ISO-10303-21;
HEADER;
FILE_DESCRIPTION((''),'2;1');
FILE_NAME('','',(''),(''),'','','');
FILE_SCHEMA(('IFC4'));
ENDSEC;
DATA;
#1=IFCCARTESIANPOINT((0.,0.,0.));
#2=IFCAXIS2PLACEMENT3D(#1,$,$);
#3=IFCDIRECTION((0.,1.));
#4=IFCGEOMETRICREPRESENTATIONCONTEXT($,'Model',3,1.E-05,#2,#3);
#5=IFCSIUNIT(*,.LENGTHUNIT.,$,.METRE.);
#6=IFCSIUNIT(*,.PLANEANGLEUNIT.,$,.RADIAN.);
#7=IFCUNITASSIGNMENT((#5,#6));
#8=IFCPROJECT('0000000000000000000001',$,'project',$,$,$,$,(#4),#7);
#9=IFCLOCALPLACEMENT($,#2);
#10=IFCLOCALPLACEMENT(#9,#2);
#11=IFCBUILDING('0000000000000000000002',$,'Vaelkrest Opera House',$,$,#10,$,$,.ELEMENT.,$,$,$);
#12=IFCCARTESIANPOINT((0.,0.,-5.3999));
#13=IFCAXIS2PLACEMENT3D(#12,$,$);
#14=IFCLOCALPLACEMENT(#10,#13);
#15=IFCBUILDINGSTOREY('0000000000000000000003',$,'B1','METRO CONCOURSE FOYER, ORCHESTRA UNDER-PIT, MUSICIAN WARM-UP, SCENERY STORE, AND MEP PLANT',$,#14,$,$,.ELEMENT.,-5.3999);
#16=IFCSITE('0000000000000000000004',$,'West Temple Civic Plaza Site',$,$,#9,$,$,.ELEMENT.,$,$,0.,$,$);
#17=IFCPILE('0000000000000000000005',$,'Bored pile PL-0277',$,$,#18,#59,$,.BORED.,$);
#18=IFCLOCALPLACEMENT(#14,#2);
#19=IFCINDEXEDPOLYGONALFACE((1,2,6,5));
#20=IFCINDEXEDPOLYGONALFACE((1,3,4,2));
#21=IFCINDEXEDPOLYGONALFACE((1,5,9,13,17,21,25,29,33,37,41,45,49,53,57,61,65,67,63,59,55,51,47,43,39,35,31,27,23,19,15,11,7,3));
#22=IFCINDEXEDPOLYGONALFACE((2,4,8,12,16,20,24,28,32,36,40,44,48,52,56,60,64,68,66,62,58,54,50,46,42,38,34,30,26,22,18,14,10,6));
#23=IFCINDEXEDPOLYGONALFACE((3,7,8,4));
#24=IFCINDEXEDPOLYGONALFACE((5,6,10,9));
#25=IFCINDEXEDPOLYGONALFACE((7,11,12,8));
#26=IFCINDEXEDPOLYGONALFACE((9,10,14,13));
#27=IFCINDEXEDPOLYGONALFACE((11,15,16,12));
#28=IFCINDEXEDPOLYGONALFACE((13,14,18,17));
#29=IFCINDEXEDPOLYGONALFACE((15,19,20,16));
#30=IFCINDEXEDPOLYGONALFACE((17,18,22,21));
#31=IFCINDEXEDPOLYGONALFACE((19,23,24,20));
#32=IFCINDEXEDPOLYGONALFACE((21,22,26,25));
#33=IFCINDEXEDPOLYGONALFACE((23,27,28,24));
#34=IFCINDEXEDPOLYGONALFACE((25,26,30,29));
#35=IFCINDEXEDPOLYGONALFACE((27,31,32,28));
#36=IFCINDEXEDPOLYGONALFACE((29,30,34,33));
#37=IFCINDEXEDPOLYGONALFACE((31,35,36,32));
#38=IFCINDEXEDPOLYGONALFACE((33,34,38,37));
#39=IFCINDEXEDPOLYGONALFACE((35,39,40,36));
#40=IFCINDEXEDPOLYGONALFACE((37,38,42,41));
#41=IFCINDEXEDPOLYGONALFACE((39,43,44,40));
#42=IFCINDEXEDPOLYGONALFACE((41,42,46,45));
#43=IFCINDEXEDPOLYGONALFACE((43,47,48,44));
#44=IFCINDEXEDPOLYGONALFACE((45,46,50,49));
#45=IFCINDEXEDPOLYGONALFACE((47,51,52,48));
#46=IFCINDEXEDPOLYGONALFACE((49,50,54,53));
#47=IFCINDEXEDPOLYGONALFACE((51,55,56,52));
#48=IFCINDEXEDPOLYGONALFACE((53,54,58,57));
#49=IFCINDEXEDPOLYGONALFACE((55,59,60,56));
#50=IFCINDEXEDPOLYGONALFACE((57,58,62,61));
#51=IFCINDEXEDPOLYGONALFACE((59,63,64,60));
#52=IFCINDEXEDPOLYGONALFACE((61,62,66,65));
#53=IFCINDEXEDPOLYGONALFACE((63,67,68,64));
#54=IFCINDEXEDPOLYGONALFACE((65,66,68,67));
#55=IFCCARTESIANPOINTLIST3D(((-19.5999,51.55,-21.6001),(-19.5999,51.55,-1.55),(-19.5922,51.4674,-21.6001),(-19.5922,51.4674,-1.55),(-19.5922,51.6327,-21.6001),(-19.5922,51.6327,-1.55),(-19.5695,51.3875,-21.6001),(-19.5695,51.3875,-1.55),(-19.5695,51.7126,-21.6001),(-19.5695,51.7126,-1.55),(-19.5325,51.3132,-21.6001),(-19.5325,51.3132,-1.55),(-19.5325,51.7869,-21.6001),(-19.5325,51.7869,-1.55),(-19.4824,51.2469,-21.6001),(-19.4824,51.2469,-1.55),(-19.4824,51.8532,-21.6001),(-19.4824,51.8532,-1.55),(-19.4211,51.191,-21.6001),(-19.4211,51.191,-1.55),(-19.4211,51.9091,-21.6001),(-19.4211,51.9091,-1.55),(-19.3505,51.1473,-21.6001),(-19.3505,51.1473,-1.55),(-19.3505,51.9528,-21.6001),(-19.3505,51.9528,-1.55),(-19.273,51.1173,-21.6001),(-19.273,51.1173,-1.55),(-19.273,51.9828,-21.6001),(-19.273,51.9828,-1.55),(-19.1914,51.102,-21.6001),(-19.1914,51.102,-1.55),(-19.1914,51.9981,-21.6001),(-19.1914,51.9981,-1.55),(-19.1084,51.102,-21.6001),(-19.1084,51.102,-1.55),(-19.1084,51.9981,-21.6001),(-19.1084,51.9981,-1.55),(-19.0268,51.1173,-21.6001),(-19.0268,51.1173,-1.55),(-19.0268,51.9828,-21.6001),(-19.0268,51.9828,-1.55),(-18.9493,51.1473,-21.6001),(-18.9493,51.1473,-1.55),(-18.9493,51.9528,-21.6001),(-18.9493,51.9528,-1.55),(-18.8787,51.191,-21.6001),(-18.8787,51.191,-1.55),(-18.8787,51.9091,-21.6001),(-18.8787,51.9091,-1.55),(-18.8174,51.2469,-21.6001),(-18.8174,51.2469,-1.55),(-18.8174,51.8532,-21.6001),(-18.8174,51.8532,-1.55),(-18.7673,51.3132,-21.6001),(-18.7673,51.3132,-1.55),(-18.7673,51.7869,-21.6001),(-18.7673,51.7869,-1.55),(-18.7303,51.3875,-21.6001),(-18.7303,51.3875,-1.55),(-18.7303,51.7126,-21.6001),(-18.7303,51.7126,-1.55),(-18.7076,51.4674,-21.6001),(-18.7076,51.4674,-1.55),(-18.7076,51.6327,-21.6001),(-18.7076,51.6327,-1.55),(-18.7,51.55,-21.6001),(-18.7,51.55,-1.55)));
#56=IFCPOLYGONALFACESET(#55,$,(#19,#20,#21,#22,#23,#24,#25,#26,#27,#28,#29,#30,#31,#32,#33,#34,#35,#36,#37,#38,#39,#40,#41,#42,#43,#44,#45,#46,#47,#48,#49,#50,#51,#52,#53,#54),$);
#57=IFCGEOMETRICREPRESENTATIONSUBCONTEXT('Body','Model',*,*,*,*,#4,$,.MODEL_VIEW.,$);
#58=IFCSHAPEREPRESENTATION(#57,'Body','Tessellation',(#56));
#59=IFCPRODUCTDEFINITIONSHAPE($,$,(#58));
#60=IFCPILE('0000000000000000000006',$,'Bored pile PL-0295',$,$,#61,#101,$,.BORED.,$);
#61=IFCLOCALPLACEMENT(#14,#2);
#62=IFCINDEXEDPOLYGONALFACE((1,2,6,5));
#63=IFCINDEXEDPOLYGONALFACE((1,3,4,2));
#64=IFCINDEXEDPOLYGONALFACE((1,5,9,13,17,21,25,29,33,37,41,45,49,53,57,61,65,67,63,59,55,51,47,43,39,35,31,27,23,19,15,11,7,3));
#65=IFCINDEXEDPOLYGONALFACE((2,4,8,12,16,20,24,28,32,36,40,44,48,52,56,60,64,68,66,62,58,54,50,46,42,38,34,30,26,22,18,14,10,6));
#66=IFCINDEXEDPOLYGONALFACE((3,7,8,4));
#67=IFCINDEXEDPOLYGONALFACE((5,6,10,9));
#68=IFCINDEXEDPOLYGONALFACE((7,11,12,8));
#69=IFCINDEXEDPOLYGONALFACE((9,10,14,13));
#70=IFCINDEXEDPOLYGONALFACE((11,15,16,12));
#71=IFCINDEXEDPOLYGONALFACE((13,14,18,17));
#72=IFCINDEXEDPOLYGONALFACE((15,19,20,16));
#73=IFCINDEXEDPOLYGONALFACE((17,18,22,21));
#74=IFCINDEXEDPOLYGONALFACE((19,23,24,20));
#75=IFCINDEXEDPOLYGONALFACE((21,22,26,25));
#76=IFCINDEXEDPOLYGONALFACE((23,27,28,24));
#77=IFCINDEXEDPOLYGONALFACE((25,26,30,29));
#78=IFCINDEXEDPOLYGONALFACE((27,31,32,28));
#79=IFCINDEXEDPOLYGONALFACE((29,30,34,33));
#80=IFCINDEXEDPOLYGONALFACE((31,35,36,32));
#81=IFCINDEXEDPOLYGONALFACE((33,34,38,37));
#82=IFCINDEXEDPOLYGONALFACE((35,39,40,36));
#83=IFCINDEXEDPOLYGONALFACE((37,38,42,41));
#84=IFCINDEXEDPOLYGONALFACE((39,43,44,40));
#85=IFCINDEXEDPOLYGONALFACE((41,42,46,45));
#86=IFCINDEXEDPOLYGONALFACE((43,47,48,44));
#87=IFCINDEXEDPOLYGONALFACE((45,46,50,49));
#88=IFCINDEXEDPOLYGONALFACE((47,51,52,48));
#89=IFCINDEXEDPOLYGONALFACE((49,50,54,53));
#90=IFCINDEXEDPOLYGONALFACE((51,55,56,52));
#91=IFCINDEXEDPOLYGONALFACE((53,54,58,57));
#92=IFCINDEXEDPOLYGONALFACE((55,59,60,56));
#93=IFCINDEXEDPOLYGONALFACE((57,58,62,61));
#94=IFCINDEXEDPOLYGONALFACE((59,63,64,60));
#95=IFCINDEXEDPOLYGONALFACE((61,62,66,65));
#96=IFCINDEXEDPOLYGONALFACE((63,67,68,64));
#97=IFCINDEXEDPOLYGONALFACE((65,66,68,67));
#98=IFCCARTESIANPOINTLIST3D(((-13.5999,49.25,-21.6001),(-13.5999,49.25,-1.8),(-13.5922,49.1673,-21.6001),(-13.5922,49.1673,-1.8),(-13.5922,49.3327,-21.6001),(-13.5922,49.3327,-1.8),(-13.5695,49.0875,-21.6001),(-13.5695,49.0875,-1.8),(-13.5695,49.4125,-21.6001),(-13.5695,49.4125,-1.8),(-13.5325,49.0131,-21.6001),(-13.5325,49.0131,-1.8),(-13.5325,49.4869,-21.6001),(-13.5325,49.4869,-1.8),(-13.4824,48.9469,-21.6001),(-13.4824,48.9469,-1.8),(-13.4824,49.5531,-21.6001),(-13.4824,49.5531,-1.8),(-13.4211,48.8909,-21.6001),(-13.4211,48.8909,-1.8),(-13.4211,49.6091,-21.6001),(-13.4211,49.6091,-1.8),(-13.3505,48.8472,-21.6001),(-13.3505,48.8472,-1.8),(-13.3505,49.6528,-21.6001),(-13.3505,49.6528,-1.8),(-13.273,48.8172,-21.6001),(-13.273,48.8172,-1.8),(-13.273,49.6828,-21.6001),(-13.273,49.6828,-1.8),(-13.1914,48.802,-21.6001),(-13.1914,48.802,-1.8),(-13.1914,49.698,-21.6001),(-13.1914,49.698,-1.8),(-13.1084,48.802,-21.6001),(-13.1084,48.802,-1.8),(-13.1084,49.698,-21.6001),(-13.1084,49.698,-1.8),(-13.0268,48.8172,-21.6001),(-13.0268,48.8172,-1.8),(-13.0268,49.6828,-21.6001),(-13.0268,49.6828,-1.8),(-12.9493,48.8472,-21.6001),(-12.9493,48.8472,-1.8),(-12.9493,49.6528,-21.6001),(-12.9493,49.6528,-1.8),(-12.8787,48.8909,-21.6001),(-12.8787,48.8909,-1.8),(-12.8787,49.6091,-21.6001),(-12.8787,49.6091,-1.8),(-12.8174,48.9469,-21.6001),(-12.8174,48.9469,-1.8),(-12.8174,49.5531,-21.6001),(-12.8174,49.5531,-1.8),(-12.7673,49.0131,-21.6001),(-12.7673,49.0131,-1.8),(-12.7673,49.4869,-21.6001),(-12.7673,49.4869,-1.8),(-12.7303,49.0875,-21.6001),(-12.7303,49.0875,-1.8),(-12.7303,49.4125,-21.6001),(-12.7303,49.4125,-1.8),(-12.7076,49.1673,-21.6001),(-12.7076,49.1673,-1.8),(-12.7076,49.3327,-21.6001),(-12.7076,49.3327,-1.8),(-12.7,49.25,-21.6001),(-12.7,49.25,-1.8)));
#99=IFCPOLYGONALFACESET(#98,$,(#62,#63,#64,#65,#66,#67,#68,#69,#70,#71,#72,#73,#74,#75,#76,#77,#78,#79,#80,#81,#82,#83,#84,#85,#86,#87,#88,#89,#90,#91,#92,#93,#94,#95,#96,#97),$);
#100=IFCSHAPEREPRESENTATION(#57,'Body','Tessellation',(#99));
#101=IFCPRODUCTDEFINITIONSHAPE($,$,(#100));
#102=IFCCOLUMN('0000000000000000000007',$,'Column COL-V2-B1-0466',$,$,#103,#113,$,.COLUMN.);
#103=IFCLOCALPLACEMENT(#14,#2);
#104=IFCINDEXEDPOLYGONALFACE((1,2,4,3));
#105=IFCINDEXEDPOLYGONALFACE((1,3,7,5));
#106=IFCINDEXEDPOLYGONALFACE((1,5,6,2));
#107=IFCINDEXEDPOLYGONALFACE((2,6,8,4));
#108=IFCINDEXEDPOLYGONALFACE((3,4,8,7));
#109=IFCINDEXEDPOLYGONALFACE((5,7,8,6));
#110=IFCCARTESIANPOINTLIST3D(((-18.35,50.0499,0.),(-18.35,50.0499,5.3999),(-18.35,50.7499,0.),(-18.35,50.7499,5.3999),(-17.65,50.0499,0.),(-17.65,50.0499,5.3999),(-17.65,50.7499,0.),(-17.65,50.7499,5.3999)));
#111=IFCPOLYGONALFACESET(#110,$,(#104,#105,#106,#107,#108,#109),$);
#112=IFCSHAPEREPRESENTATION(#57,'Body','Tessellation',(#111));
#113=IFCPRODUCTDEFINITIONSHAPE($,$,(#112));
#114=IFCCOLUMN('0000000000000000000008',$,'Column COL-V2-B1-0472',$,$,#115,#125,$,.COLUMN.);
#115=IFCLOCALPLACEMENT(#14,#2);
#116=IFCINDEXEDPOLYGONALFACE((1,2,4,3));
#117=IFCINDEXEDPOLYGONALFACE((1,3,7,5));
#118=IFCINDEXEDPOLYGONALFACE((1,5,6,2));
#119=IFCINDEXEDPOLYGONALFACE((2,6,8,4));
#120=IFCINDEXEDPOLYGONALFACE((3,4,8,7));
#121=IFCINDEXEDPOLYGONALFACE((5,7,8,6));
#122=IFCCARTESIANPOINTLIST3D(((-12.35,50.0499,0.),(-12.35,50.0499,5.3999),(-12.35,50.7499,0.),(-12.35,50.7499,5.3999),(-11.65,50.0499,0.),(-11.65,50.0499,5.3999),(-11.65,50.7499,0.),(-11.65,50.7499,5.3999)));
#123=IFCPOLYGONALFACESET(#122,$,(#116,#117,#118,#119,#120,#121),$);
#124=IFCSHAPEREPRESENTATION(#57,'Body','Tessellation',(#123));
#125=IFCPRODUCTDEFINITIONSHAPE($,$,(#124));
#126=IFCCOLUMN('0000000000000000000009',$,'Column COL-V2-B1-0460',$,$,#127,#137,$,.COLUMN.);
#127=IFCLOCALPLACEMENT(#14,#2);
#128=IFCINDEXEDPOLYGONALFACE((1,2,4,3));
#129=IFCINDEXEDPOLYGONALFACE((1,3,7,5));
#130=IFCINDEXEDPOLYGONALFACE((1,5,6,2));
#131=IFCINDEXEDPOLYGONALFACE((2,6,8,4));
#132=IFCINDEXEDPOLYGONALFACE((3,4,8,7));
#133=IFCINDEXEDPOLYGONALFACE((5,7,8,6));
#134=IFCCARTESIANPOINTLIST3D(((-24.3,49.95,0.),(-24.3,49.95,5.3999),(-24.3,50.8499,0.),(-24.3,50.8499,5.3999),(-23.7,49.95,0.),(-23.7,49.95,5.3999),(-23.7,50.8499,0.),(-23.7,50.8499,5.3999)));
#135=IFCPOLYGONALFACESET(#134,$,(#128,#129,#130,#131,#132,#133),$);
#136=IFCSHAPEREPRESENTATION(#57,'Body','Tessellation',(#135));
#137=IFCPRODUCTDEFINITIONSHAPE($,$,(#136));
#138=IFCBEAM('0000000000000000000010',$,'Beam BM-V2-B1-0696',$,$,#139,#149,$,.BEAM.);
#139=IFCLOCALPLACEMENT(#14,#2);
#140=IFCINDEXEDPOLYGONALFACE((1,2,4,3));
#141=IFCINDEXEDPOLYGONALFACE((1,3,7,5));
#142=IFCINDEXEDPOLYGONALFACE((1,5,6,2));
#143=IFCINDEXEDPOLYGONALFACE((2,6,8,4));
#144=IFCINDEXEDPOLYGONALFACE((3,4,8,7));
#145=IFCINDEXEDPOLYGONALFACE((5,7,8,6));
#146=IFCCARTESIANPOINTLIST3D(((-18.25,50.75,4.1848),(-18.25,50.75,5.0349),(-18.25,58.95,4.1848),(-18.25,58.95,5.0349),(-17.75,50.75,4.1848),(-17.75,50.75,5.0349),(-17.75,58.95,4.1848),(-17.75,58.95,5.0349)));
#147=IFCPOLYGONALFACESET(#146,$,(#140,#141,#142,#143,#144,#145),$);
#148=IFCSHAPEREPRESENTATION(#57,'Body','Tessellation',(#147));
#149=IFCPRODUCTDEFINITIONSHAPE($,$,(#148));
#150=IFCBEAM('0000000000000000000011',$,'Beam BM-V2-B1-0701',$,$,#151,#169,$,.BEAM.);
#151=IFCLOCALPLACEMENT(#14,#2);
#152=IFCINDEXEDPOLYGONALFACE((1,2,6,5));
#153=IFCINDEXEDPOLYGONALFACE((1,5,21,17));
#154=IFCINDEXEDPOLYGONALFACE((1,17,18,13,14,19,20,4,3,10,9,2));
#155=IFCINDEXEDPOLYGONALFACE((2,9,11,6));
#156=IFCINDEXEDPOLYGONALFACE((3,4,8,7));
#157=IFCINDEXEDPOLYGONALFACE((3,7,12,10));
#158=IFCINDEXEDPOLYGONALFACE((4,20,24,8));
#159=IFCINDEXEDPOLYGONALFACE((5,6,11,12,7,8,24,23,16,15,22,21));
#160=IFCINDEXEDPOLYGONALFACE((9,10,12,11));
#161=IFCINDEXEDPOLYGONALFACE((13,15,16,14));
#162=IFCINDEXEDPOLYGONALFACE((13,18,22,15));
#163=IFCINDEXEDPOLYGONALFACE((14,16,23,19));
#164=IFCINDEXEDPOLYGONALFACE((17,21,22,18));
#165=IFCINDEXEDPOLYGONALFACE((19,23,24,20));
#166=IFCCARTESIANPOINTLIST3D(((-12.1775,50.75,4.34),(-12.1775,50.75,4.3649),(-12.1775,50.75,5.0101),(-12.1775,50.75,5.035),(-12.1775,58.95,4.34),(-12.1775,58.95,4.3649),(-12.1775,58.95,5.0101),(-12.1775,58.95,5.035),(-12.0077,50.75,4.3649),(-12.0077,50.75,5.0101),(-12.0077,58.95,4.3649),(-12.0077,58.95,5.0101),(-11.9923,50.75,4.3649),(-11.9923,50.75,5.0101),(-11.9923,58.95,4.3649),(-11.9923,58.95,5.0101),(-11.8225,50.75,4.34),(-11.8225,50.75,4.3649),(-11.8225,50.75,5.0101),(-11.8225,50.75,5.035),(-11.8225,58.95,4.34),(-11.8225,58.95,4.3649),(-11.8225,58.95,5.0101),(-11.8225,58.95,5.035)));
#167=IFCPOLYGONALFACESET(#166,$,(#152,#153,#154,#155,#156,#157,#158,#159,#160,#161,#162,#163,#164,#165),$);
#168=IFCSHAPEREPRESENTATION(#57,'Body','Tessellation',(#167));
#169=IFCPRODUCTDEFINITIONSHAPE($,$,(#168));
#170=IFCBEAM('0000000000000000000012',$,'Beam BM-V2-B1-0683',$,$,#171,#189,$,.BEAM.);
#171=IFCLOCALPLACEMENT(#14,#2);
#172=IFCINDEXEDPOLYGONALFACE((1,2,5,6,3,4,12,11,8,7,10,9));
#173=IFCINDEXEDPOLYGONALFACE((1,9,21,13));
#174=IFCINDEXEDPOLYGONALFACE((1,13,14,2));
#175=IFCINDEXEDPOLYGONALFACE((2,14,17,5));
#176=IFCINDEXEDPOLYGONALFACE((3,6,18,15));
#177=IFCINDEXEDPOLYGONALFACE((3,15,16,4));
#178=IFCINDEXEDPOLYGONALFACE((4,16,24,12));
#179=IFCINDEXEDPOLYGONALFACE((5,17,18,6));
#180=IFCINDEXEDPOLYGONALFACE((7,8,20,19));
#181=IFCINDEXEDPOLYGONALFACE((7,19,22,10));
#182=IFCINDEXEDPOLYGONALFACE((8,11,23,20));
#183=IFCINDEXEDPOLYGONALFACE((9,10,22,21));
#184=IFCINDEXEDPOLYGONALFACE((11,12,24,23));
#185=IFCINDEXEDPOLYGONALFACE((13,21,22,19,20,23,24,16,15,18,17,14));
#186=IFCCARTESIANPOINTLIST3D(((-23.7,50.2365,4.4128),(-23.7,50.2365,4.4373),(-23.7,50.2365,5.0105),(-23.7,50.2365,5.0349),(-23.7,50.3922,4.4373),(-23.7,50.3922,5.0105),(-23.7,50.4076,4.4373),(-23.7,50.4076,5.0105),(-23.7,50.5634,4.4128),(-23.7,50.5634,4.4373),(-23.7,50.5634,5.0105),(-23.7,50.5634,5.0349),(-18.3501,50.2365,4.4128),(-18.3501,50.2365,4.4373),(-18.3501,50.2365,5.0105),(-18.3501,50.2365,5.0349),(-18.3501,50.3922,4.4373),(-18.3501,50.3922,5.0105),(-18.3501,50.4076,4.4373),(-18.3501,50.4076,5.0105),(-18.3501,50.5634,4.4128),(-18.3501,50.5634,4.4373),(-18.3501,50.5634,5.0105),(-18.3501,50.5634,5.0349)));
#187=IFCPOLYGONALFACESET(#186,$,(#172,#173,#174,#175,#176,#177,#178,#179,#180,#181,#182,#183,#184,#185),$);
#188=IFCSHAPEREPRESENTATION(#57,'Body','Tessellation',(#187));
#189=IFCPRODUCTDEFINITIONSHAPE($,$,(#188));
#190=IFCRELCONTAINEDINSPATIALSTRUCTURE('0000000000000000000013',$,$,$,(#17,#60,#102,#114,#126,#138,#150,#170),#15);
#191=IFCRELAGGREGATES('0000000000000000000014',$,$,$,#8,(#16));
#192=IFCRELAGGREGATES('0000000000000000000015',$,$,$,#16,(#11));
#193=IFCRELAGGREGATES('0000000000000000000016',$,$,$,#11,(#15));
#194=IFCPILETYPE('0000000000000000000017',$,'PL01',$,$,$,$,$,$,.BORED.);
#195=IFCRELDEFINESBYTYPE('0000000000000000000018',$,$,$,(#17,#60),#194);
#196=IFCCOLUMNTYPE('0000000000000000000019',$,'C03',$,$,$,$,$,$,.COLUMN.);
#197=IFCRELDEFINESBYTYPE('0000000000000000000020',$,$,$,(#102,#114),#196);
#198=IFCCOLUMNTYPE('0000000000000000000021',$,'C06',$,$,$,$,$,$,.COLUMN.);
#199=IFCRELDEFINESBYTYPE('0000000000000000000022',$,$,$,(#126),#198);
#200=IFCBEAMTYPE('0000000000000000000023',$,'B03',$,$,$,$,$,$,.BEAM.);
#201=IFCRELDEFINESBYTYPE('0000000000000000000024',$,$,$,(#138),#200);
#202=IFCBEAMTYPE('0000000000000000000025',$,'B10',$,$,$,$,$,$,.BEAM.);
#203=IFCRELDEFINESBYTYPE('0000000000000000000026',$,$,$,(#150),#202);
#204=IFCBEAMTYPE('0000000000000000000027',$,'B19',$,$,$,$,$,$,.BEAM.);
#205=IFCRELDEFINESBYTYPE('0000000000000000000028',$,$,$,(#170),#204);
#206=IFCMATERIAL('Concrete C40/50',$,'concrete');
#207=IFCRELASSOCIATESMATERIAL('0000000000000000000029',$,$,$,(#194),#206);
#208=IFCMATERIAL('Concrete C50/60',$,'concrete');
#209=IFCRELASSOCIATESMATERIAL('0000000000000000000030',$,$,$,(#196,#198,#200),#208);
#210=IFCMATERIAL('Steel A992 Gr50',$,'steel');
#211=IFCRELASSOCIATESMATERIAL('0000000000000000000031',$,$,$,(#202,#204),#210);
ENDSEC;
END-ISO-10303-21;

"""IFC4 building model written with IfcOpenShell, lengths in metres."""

from ifc_helpers import new_model, si_unit, direction, frame, origin, origin_2d, place, context, subcontext, project, spatial, rectangle, circle, i_section, extrude, material, material_profile, profile_set, type_object, element, save


model = new_model("IFC4")

# Units and contexts
model_context = context("Model", 3, precision=1e-05, world=origin(), true_north=direction((0.0, 1.0)))
body_context = subcontext(model_context, "Body", "Model", "MODEL_VIEW")
ifc_project = project(units=[si_unit("LENGTHUNIT", "METRE"), si_unit("PLANEANGLEUNIT", "RADIAN")], contexts=[model_context])

# Site, building, storey
site_placement = place(None, origin())
site = spatial("IfcSite", under=ifc_project, at=site_placement, Name="West Temple Civic Plaza Site", CompositionType="ELEMENT", RefElevation=0.0)
building_placement = place(site_placement, origin())
building = spatial("IfcBuilding", under=site, at=building_placement, Name="Vaelkrest Opera House", CompositionType="ELEMENT")
storey_placement = place(building_placement, frame((0.0, 0.0, -5.3999)))
storey = spatial("IfcBuildingStorey", under=building, at=storey_placement, Name="B1", Description="METRO CONCOURSE FOYER, ORCHESTRA UNDER-PIT, MUSICIAN WARM-UP, SCENERY STORE, AND MEP PLANT", CompositionType="ELEMENT", Elevation=-5.3999)

# Shared definitions
ifc_material_1 = material(Name="Concrete C40/50", Category="concrete")

# Piles
ifc_material_profile_1 = material_profile(ifc_material_1, circle(Radius=0.45, at=origin_2d()), Name="PILE900")
ifc_profile_set_1 = profile_set([ifc_material_profile_1], Name="Concrete C40/50")
pile_type = type_object("IfcPileType", Name="PL01", PredefinedType="BORED", material=ifc_profile_set_1)
for number, where, z_axis, x_axis, name in (
    (1, (-19.1499, 51.55, -1.55), (0.0, 0.0, -1.0), (1.0, 0.0, 0.0), "Bored pile PL-0277"),
):
    element("IfcPile", number, at=place(storey_placement, frame(where, z_axis=z_axis, x_axis=x_axis)), inside=storey, type_object=pile_type, Name=name, PredefinedType="BORED", context=body_context, shape_type="SweptSolid", body=[
        extrude(circle(Radius=0.45, at=origin_2d()), origin(), (0.0, 0.0, 1.0), 20.05),
    ])
pile_placement = place(storey_placement, frame((-13.1499, 49.25, -1.8), z_axis=(0.0, 0.0, -1.0), x_axis=(1.0, 0.0, 0.0)))
element("IfcPile", 2, at=pile_placement, inside=storey, type_object=pile_type, Name="Bored pile PL-0295", PredefinedType="BORED", context=body_context, shape_type="SweptSolid", body=[
    extrude(circle(Radius=0.45, at=origin_2d()), origin(), (0.0, 0.0, 1.0), 19.8),
])

# Columns
ifc_material_2 = material(Name="Concrete C50/60", Category="concrete")
ifc_material_profile_2 = material_profile(ifc_material_2, rectangle(XDim=0.7, YDim=0.7, at=origin_2d()), Name="RC700X700")
ifc_profile_set_2 = profile_set([ifc_material_profile_2], Name="Concrete C50/60")
column_type_1 = type_object("IfcColumnType", Name="C03", PredefinedType="COLUMN", material=ifc_profile_set_2)
for number, where, z_axis, x_axis, name in (
    (3, (-18.0, 50.3999, 0.0), (0.0, 0.0, 1.0), (1.0, 0.0, 0.0), "Column COL-V2-B1-0466"),
    (4, (-12.0, 50.3999, 0.0), (0.0, 0.0, 1.0), (1.0, 0.0, 0.0), "Column COL-V2-B1-0472"),
):
    element("IfcColumn", number, at=place(storey_placement, frame(where, z_axis=z_axis, x_axis=x_axis)), inside=storey, type_object=column_type_1, Name=name, PredefinedType="COLUMN", context=body_context, shape_type="SweptSolid", body=[
        extrude(rectangle(XDim=0.7, YDim=0.7, at=origin_2d()), origin(), (0.0, 0.0, 1.0), 5.3999),
    ])
ifc_material_profile_3 = material_profile(ifc_material_2, rectangle(XDim=0.6001, YDim=0.8999, at=origin_2d()), Name="RC600X900")
ifc_profile_set_3 = profile_set([ifc_material_profile_3], Name="Concrete C50/60")
column_type_2 = type_object("IfcColumnType", Name="C06", PredefinedType="COLUMN", material=ifc_profile_set_3)
column_placement = place(storey_placement, frame((-24.0, 50.3999, 0.0), z_axis=(0.0, 0.0, 1.0), x_axis=(1.0, 0.0, 0.0)))
element("IfcColumn", 5, at=column_placement, inside=storey, type_object=column_type_2, Name="Column COL-V2-B1-0460", PredefinedType="COLUMN", context=body_context, shape_type="SweptSolid", body=[
    extrude(rectangle(XDim=0.6001, YDim=0.8999, at=origin_2d()), origin(), (0.0, 0.0, 1.0), 5.3999),
])

# Beams
ifc_material_profile_4 = material_profile(ifc_material_2, rectangle(XDim=0.5, YDim=0.8501, at=origin_2d()), Name="RCB500X850")
ifc_profile_set_4 = profile_set([ifc_material_profile_4], Name="Concrete C50/60")
beam_type_1 = type_object("IfcBeamType", Name="B03", PredefinedType="BEAM", material=ifc_profile_set_4)
beam_1_placement = place(storey_placement, frame((-18.0, 50.75, 4.6099), z_axis=(0.0, 1.0, 0.0), x_axis=(-1.0, 0.0, 0.0)))
element("IfcBeam", 6, at=beam_1_placement, inside=storey, type_object=beam_type_1, Name="Beam BM-V2-B1-0696", PredefinedType="BEAM", context=body_context, shape_type="SweptSolid", body=[
    extrude(rectangle(XDim=0.5, YDim=0.8501, at=origin_2d()), origin(), (0.0, 0.0, 1.0), 8.2),
])
ifc_material_3 = material(Name="Steel A992 Gr50", Category="steel")
ifc_material_profile_5 = material_profile(ifc_material_3, i_section(OverallWidth=0.355, OverallDepth=0.6951, WebThickness=0.0154, FlangeThickness=0.0249, at=origin_2d()), Name="W27X146")
ifc_profile_set_5 = profile_set([ifc_material_profile_5], Name="Steel A992 Gr50")
beam_type_2 = type_object("IfcBeamType", Name="B10", PredefinedType="BEAM", material=ifc_profile_set_5)
beam_2_placement = place(storey_placement, frame((-12.0, 50.75, 4.6875), z_axis=(0.0, 1.0, 0.0), x_axis=(-1.0, 0.0, 0.0)))
element("IfcBeam", 7, at=beam_2_placement, inside=storey, type_object=beam_type_2, Name="Beam BM-V2-B1-0701", PredefinedType="BEAM", context=body_context, shape_type="SweptSolid", body=[
    extrude(i_section(OverallWidth=0.355, OverallDepth=0.6951, WebThickness=0.0154, FlangeThickness=0.0249, at=origin_2d()), origin(), (0.0, 0.0, 1.0), 8.2),
])
ifc_material_profile_6 = material_profile(ifc_material_3, i_section(OverallWidth=0.3269, OverallDepth=0.6221, WebThickness=0.0154, FlangeThickness=0.0244, at=origin_2d()), Name="W24X131")
ifc_profile_set_6 = profile_set([ifc_material_profile_6], Name="Steel A992 Gr50")
beam_type_3 = type_object("IfcBeamType", Name="B19", PredefinedType="BEAM", material=ifc_profile_set_6)
beam_3_placement = place(storey_placement, frame((-23.7, 50.3999, 4.7239), z_axis=(1.0, 0.0, 0.0), x_axis=(0.0, 1.0, 0.0)))
element("IfcBeam", 8, at=beam_3_placement, inside=storey, type_object=beam_type_3, Name="Beam BM-V2-B1-0683", PredefinedType="BEAM", context=body_context, shape_type="SweptSolid", body=[
    extrude(i_section(OverallWidth=0.3269, OverallDepth=0.6221, WebThickness=0.0154, FlangeThickness=0.0244, at=origin_2d()), origin(), (0.0, 0.0, 1.0), 5.3499),
])

save(model, "model.ifc")
